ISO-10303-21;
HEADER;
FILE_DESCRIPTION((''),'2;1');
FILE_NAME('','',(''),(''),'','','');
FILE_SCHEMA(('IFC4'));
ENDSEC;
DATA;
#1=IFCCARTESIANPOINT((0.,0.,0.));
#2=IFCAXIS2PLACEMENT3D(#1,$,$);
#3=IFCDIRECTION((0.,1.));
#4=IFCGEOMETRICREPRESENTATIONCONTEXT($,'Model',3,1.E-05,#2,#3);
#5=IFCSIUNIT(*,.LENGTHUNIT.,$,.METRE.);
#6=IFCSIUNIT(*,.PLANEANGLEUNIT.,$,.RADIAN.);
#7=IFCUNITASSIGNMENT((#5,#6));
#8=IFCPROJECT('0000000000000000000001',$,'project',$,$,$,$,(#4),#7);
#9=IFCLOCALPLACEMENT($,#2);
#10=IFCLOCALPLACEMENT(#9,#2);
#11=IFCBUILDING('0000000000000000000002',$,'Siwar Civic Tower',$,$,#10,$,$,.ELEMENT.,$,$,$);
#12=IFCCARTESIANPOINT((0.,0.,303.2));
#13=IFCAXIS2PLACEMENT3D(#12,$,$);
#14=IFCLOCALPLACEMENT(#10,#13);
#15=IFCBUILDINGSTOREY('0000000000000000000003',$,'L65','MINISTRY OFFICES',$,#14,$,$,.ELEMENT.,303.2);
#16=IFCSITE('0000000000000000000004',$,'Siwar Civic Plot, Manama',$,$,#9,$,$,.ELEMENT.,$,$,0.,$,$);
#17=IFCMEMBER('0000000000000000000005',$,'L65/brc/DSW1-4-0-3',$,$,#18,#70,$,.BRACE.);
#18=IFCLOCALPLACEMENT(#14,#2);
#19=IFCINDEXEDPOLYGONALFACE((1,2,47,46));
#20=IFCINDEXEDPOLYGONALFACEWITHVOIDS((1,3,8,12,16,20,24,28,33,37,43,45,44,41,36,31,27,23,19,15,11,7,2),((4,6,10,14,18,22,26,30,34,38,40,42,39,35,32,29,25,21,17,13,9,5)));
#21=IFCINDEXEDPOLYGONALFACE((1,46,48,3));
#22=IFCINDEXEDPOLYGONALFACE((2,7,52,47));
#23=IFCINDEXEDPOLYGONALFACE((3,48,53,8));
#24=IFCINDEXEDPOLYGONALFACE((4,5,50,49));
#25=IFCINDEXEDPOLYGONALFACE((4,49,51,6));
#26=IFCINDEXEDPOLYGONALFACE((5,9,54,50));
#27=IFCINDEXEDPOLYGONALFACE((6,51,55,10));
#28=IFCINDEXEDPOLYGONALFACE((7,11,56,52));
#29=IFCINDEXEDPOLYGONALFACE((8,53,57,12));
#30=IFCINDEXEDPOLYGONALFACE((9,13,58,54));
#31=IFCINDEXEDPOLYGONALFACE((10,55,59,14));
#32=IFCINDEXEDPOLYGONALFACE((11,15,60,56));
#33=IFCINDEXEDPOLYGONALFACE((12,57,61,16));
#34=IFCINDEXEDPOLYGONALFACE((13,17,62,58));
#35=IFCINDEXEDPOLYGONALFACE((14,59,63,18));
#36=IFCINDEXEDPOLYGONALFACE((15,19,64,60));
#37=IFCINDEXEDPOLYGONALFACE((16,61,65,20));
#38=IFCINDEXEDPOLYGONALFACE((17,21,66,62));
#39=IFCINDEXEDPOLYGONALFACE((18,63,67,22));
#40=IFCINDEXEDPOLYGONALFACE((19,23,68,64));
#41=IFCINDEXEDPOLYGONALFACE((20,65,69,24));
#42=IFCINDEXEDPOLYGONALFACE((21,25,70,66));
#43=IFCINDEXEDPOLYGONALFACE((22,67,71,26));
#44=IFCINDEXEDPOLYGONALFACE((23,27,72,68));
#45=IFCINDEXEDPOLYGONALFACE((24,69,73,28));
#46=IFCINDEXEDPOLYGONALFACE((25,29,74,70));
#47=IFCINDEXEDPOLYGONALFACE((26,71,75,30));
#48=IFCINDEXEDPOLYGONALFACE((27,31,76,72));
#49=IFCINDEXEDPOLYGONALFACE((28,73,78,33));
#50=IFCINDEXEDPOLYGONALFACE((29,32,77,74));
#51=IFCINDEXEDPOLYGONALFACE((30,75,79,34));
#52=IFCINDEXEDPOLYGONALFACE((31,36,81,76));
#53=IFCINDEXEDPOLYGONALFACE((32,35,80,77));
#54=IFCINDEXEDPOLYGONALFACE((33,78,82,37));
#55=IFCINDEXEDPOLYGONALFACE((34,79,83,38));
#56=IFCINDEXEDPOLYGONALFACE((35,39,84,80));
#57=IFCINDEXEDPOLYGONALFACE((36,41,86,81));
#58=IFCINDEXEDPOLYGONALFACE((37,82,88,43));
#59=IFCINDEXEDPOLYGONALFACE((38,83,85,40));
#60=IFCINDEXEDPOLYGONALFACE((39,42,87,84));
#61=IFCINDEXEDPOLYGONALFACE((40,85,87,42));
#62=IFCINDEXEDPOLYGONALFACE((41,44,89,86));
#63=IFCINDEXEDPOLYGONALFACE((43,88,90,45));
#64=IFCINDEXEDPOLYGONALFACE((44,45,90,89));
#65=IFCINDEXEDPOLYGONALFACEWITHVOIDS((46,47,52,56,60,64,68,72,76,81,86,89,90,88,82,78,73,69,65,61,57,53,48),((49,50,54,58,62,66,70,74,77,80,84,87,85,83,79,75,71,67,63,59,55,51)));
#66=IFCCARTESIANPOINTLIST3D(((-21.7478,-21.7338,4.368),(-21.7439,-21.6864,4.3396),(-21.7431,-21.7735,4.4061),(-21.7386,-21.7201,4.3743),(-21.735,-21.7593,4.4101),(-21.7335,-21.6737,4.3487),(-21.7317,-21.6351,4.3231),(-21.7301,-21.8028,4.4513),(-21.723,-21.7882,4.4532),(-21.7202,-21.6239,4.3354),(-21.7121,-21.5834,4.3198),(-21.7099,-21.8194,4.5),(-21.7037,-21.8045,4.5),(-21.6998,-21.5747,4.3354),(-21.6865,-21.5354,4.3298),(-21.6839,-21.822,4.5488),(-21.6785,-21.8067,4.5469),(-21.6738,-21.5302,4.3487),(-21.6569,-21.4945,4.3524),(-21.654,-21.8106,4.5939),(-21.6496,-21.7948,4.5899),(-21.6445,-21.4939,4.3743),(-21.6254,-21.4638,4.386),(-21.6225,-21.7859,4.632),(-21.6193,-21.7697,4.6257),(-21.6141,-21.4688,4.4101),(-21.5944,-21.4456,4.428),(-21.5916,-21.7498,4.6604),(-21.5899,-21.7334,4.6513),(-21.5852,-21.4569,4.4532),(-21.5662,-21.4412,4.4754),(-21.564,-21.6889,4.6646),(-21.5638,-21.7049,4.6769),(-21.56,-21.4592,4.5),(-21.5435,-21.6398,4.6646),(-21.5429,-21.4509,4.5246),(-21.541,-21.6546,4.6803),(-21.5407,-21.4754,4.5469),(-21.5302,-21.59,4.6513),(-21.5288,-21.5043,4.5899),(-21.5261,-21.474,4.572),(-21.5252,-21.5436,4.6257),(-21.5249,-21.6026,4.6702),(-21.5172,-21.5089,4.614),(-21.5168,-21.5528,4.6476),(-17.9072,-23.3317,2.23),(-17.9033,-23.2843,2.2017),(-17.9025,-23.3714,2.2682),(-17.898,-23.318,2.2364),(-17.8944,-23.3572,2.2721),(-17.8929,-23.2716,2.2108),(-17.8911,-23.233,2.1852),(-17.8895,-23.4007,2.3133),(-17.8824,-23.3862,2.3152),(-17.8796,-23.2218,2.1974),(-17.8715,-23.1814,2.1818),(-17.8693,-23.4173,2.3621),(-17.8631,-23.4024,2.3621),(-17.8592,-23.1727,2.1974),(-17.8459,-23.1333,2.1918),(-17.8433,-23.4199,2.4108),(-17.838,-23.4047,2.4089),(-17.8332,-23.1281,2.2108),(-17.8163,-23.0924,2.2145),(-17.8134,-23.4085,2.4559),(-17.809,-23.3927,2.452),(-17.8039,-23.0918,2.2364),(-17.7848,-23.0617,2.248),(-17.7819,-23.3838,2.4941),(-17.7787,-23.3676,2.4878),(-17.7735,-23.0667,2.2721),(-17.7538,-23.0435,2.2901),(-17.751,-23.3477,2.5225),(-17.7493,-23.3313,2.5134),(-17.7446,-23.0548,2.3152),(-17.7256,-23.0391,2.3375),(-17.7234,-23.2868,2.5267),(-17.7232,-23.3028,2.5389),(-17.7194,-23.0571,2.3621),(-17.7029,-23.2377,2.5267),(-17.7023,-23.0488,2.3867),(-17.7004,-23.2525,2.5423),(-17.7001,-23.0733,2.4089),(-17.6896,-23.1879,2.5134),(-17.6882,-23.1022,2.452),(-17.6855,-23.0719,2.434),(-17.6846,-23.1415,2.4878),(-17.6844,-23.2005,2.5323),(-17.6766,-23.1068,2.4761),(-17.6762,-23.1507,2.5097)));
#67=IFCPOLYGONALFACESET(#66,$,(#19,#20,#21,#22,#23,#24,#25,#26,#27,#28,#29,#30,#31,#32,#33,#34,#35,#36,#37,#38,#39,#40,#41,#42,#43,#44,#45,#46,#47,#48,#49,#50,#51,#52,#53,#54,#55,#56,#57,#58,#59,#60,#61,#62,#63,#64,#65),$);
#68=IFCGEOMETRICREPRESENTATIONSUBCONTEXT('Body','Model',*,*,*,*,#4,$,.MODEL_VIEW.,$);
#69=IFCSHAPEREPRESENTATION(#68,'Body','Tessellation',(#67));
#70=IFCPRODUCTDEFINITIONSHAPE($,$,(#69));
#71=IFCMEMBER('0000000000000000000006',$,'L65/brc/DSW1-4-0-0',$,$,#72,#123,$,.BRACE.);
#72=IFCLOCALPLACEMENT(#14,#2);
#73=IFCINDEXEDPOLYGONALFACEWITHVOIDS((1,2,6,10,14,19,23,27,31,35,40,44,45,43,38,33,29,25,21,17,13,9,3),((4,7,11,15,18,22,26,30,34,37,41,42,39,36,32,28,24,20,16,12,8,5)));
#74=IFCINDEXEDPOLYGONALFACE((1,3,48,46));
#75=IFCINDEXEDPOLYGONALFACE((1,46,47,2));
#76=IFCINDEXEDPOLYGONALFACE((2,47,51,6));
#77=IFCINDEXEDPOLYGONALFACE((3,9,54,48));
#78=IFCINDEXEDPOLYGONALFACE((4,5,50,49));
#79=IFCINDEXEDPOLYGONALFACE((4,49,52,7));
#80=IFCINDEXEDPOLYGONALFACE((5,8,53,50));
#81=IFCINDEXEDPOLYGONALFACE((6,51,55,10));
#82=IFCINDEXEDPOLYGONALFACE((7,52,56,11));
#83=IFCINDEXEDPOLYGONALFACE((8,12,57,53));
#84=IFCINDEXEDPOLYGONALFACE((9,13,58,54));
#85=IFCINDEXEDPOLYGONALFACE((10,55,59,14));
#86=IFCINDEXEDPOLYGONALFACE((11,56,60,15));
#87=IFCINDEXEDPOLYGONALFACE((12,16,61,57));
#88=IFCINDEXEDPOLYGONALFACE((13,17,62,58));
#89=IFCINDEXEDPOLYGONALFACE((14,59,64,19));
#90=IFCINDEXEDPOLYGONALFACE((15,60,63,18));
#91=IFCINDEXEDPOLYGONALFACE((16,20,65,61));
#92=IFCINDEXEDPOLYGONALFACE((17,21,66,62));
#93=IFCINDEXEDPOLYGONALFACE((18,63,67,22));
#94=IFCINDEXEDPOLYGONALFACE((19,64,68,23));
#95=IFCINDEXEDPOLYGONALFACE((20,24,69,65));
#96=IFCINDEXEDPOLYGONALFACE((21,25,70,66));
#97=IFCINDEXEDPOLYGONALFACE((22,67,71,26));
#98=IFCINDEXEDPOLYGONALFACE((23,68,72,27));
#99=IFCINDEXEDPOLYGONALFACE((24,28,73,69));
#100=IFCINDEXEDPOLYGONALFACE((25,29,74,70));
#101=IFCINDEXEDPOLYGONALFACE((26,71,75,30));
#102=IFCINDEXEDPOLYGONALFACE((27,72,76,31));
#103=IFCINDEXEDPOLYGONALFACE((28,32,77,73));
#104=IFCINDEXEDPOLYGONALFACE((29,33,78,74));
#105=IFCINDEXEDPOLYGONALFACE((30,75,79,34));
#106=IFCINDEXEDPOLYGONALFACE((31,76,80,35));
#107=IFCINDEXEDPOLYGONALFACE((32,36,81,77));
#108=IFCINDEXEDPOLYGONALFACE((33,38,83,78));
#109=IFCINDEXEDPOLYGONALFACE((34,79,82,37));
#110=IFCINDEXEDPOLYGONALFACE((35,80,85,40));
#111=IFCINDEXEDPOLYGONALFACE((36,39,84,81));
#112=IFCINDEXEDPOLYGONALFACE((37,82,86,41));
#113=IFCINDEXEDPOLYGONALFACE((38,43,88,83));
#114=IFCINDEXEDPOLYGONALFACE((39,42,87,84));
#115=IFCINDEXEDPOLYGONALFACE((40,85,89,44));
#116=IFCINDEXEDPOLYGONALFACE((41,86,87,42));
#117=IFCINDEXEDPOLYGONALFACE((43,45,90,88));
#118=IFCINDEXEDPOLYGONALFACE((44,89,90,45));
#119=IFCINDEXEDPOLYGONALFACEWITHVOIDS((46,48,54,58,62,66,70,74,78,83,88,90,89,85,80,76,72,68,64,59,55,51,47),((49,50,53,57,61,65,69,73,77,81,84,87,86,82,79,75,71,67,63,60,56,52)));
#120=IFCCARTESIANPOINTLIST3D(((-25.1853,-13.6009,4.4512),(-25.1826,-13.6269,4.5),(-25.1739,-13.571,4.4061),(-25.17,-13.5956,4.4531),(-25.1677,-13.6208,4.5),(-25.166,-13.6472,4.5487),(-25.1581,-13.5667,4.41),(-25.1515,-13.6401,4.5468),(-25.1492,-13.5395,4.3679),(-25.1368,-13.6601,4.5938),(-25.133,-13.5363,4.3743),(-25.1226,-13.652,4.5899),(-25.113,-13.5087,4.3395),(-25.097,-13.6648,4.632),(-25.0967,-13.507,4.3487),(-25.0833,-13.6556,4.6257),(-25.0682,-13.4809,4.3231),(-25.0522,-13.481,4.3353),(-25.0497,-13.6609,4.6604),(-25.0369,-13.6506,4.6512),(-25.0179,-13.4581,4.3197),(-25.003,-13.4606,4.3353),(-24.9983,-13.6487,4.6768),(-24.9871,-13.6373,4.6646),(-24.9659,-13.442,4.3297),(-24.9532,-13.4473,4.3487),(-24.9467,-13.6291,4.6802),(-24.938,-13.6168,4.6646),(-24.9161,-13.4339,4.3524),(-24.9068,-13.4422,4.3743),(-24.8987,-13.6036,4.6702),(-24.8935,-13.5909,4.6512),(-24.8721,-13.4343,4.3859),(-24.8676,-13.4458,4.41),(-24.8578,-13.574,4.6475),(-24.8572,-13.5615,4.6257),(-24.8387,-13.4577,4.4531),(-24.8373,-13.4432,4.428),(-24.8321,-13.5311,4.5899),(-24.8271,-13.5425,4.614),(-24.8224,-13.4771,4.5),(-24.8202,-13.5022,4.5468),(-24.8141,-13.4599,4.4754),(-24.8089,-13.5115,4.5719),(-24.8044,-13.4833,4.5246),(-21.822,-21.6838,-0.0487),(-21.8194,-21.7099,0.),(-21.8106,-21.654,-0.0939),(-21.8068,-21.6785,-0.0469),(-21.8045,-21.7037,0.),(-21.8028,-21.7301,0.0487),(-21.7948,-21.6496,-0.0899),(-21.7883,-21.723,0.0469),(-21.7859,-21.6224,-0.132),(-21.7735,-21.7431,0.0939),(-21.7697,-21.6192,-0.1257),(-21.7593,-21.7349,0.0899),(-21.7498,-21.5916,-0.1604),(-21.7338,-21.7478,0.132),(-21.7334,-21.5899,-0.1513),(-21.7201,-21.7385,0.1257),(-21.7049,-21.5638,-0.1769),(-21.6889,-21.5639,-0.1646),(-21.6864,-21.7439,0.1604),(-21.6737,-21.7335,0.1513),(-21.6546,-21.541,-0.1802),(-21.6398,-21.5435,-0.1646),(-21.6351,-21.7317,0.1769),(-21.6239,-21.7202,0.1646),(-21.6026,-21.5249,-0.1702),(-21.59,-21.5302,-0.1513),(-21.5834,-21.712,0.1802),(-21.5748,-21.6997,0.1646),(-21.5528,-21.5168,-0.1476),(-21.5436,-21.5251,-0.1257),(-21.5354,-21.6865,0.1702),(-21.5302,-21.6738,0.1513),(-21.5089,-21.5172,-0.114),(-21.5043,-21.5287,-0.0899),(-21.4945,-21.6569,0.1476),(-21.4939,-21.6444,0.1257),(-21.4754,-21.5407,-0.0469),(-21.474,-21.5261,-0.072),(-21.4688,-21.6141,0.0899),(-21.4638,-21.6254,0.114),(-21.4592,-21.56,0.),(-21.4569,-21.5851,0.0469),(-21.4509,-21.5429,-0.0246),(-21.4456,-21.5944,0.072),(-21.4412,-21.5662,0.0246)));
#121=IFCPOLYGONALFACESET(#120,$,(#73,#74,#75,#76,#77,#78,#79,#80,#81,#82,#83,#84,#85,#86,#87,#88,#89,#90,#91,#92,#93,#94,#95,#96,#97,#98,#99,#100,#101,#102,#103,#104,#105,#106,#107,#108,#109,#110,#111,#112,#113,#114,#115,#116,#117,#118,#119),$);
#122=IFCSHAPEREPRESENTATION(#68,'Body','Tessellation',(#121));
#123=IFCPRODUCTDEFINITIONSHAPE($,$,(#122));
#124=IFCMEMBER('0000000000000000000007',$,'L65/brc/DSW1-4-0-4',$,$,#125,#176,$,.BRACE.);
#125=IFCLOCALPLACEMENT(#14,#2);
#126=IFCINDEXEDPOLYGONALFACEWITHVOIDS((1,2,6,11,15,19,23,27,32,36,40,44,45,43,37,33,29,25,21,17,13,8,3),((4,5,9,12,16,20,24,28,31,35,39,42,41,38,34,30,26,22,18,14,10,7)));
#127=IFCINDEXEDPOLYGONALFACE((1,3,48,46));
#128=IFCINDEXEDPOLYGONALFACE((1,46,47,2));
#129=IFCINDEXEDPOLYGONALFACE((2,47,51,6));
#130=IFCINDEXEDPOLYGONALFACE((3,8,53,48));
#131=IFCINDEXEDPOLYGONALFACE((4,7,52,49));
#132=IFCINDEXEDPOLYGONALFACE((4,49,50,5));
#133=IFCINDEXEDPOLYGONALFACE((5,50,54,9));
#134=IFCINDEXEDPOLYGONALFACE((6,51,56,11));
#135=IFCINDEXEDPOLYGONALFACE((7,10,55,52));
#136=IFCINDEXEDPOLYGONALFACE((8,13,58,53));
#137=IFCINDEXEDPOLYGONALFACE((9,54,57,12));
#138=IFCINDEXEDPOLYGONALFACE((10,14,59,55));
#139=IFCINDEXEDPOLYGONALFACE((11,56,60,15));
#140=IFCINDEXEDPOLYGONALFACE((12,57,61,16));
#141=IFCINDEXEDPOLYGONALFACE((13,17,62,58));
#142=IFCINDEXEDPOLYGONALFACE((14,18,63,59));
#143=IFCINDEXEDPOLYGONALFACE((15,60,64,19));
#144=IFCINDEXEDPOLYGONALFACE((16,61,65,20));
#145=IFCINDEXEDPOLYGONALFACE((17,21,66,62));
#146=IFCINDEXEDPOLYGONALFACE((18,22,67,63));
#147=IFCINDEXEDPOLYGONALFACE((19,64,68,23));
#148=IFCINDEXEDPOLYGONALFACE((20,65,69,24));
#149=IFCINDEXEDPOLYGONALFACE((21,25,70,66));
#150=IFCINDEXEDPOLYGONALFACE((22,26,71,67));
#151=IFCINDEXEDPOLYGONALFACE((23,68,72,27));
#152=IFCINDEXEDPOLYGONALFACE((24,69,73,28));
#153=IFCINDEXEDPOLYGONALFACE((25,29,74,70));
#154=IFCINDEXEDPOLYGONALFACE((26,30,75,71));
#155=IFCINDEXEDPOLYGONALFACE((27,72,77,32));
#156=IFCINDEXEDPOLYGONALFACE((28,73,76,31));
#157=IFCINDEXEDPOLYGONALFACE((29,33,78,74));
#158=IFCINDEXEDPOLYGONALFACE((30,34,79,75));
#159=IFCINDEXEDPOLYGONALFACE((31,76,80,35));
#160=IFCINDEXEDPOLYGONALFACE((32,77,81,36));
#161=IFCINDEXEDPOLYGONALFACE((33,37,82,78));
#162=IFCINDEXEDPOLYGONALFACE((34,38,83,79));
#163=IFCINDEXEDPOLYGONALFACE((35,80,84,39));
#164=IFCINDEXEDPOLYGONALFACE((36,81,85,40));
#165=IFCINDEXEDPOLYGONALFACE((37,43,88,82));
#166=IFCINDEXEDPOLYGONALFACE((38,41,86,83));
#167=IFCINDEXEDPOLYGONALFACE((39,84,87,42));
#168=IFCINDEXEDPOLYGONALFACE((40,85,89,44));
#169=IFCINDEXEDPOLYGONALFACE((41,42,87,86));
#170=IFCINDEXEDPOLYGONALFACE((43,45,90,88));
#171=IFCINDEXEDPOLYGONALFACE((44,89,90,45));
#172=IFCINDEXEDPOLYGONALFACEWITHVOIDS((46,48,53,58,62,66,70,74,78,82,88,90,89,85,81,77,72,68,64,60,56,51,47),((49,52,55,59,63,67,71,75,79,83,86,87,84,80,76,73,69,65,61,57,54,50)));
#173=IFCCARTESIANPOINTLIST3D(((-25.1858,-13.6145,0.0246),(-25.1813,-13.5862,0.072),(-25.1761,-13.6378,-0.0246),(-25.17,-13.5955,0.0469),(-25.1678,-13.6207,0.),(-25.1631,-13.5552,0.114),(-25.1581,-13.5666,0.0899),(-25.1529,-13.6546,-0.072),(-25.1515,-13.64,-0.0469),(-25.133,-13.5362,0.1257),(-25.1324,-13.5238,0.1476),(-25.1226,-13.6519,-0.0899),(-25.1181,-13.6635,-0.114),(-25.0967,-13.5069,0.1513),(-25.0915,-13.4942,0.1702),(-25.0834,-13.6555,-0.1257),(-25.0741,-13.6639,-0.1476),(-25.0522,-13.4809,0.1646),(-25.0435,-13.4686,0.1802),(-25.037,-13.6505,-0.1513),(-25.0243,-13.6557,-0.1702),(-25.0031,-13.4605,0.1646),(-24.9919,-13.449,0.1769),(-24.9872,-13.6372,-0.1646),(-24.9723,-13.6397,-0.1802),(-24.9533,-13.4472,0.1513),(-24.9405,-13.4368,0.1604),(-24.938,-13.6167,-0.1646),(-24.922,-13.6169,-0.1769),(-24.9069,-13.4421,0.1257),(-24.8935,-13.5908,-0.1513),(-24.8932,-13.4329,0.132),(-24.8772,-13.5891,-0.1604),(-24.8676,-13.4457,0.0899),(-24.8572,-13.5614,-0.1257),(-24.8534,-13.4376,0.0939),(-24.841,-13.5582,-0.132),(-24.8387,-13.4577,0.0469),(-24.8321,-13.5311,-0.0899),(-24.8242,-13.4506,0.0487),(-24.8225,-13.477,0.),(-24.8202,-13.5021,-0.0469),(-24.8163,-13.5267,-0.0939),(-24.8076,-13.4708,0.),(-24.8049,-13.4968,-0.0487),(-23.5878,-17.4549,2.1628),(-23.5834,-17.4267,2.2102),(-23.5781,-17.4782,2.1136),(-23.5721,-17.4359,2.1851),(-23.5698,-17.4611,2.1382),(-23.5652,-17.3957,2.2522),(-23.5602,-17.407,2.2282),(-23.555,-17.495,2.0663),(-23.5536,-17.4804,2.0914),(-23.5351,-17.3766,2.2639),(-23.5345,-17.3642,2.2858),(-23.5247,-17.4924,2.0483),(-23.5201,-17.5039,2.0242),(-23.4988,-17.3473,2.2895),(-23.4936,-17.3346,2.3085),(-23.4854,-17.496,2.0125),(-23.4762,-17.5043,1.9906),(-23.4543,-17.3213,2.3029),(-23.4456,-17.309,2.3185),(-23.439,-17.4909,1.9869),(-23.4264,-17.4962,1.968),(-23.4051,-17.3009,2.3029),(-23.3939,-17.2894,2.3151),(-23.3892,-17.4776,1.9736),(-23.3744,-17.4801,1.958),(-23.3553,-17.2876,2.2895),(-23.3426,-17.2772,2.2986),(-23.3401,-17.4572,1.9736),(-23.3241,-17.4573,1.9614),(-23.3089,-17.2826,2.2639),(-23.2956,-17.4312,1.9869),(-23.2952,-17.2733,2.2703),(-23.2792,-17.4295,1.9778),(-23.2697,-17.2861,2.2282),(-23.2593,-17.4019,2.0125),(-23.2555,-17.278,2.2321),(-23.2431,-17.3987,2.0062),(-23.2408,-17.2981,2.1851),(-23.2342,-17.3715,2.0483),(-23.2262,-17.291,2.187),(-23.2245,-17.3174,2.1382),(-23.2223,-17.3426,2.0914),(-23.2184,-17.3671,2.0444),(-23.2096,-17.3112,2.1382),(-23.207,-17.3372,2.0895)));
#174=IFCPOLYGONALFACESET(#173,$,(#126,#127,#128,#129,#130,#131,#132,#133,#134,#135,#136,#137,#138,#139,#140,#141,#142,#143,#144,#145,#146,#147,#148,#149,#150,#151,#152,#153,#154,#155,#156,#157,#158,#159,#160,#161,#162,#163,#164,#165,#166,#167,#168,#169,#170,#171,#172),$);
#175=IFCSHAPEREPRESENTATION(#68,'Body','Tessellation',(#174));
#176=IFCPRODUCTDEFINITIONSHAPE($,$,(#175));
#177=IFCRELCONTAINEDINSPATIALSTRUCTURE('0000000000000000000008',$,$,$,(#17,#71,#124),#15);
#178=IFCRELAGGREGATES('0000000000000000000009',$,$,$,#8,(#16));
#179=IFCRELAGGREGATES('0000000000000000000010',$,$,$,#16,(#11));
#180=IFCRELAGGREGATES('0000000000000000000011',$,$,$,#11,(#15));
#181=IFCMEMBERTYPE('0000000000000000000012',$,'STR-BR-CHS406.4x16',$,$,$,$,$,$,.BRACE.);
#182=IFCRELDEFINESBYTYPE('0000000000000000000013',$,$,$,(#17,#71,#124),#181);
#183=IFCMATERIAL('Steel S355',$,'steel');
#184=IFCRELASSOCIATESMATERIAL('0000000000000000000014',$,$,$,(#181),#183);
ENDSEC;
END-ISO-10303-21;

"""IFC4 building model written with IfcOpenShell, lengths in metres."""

from ifc_helpers import new_model, si_unit, direction, frame, origin, origin_2d, place, context, subcontext, project, spatial, hollow_circle, extrude, material, material_profile, profile_set, type_object, element, save


model = new_model("IFC4")

# Units and contexts
model_context = context("Model", 3, precision=1e-05, world=origin(), true_north=direction((0.0, 1.0)))
body_context = subcontext(model_context, "Body", "Model", "MODEL_VIEW")
ifc_project = project(units=[si_unit("LENGTHUNIT", "METRE"), si_unit("PLANEANGLEUNIT", "RADIAN")], contexts=[model_context])

# Site, building, storey
site_placement = place(None, origin())
site = spatial("IfcSite", under=ifc_project, at=site_placement, Name="Siwar Civic Plot, Manama", CompositionType="ELEMENT", RefElevation=0.0)
building_placement = place(site_placement, origin())
building = spatial("IfcBuilding", under=site, at=building_placement, Name="Siwar Civic Tower", CompositionType="ELEMENT")
storey_placement = place(building_placement, frame((0.0, 0.0, 303.2)))
storey = spatial("IfcBuildingStorey", under=building, at=storey_placement, Name="L65", Description="MINISTRY OFFICES", CompositionType="ELEMENT", Elevation=303.2)

# Members
ifc_material_1 = material(Name="Steel S355", Category="steel")
ifc_material_profile_1 = material_profile(ifc_material_1, hollow_circle(Radius=0.2031, WallThickness=0.0161, at=origin_2d()), Name="CHS406.4x16")
ifc_profile_set_1 = profile_set([ifc_material_profile_1], Name="Steel S355")
member_type_1 = type_object("IfcMemberType", Name="STR-BR-CHS406.4x16", PredefinedType="BRACE", material=ifc_profile_set_1)
for number, where, z_axis, x_axis, name in (
    (1, (-17.7913, -23.2297, 2.3621), (-0.821167, 0.341653, 0.45712), (-0.384136, -0.923276, 0.0), "L65/brc/DSW1-4-0-3"),
):
    element("IfcMember", number, at=place(storey_placement, frame(where, z_axis=z_axis, x_axis=x_axis)), inside=storey, type_object=member_type_1, Name=name, PredefinedType="BRACE", context=body_context, shape_type="SweptSolid", body=[
        extrude(hollow_circle(Radius=0.2031, WallThickness=0.0161, at=origin_2d()), origin(), (0.0, 0.0, 1.0), 4.677),
    ])
member_1_placement = place(storey_placement, frame((-21.6318, -21.6318, 0.0), z_axis=(-0.341671, 0.821143, 0.457149), x_axis=(-0.923265, -0.384164, 0.0)))
element("IfcMember", 2, at=member_1_placement, inside=storey, type_object=member_type_1, Name="L65/brc/DSW1-4-0-0", PredefinedType="BRACE", context=body_context, shape_type="SweptSolid", body=[
    extrude(hollow_circle(Radius=0.2031, WallThickness=0.0161, at=origin_2d()), origin(), (0.0, 0.0, 1.0), 9.8435),
])
for number, where, z_axis, x_axis, name in (
    (3, (-24.9951, -13.5488, 0.0), (0.341659, -0.82113, 0.457181), (0.923268, 0.384157, 0.0), "L65/brc/DSW1-4-0-4"),
):
    element("IfcMember", number, at=place(storey_placement, frame(where, z_axis=z_axis, x_axis=x_axis)), inside=storey, type_object=member_type_1, Name=name, PredefinedType="BRACE", context=body_context, shape_type="SweptSolid", body=[
        extrude(hollow_circle(Radius=0.2031, WallThickness=0.0161, at=origin_2d()), origin(), (0.0, 0.0, 1.0), 4.677),
    ])

save(model, "model.ifc")
